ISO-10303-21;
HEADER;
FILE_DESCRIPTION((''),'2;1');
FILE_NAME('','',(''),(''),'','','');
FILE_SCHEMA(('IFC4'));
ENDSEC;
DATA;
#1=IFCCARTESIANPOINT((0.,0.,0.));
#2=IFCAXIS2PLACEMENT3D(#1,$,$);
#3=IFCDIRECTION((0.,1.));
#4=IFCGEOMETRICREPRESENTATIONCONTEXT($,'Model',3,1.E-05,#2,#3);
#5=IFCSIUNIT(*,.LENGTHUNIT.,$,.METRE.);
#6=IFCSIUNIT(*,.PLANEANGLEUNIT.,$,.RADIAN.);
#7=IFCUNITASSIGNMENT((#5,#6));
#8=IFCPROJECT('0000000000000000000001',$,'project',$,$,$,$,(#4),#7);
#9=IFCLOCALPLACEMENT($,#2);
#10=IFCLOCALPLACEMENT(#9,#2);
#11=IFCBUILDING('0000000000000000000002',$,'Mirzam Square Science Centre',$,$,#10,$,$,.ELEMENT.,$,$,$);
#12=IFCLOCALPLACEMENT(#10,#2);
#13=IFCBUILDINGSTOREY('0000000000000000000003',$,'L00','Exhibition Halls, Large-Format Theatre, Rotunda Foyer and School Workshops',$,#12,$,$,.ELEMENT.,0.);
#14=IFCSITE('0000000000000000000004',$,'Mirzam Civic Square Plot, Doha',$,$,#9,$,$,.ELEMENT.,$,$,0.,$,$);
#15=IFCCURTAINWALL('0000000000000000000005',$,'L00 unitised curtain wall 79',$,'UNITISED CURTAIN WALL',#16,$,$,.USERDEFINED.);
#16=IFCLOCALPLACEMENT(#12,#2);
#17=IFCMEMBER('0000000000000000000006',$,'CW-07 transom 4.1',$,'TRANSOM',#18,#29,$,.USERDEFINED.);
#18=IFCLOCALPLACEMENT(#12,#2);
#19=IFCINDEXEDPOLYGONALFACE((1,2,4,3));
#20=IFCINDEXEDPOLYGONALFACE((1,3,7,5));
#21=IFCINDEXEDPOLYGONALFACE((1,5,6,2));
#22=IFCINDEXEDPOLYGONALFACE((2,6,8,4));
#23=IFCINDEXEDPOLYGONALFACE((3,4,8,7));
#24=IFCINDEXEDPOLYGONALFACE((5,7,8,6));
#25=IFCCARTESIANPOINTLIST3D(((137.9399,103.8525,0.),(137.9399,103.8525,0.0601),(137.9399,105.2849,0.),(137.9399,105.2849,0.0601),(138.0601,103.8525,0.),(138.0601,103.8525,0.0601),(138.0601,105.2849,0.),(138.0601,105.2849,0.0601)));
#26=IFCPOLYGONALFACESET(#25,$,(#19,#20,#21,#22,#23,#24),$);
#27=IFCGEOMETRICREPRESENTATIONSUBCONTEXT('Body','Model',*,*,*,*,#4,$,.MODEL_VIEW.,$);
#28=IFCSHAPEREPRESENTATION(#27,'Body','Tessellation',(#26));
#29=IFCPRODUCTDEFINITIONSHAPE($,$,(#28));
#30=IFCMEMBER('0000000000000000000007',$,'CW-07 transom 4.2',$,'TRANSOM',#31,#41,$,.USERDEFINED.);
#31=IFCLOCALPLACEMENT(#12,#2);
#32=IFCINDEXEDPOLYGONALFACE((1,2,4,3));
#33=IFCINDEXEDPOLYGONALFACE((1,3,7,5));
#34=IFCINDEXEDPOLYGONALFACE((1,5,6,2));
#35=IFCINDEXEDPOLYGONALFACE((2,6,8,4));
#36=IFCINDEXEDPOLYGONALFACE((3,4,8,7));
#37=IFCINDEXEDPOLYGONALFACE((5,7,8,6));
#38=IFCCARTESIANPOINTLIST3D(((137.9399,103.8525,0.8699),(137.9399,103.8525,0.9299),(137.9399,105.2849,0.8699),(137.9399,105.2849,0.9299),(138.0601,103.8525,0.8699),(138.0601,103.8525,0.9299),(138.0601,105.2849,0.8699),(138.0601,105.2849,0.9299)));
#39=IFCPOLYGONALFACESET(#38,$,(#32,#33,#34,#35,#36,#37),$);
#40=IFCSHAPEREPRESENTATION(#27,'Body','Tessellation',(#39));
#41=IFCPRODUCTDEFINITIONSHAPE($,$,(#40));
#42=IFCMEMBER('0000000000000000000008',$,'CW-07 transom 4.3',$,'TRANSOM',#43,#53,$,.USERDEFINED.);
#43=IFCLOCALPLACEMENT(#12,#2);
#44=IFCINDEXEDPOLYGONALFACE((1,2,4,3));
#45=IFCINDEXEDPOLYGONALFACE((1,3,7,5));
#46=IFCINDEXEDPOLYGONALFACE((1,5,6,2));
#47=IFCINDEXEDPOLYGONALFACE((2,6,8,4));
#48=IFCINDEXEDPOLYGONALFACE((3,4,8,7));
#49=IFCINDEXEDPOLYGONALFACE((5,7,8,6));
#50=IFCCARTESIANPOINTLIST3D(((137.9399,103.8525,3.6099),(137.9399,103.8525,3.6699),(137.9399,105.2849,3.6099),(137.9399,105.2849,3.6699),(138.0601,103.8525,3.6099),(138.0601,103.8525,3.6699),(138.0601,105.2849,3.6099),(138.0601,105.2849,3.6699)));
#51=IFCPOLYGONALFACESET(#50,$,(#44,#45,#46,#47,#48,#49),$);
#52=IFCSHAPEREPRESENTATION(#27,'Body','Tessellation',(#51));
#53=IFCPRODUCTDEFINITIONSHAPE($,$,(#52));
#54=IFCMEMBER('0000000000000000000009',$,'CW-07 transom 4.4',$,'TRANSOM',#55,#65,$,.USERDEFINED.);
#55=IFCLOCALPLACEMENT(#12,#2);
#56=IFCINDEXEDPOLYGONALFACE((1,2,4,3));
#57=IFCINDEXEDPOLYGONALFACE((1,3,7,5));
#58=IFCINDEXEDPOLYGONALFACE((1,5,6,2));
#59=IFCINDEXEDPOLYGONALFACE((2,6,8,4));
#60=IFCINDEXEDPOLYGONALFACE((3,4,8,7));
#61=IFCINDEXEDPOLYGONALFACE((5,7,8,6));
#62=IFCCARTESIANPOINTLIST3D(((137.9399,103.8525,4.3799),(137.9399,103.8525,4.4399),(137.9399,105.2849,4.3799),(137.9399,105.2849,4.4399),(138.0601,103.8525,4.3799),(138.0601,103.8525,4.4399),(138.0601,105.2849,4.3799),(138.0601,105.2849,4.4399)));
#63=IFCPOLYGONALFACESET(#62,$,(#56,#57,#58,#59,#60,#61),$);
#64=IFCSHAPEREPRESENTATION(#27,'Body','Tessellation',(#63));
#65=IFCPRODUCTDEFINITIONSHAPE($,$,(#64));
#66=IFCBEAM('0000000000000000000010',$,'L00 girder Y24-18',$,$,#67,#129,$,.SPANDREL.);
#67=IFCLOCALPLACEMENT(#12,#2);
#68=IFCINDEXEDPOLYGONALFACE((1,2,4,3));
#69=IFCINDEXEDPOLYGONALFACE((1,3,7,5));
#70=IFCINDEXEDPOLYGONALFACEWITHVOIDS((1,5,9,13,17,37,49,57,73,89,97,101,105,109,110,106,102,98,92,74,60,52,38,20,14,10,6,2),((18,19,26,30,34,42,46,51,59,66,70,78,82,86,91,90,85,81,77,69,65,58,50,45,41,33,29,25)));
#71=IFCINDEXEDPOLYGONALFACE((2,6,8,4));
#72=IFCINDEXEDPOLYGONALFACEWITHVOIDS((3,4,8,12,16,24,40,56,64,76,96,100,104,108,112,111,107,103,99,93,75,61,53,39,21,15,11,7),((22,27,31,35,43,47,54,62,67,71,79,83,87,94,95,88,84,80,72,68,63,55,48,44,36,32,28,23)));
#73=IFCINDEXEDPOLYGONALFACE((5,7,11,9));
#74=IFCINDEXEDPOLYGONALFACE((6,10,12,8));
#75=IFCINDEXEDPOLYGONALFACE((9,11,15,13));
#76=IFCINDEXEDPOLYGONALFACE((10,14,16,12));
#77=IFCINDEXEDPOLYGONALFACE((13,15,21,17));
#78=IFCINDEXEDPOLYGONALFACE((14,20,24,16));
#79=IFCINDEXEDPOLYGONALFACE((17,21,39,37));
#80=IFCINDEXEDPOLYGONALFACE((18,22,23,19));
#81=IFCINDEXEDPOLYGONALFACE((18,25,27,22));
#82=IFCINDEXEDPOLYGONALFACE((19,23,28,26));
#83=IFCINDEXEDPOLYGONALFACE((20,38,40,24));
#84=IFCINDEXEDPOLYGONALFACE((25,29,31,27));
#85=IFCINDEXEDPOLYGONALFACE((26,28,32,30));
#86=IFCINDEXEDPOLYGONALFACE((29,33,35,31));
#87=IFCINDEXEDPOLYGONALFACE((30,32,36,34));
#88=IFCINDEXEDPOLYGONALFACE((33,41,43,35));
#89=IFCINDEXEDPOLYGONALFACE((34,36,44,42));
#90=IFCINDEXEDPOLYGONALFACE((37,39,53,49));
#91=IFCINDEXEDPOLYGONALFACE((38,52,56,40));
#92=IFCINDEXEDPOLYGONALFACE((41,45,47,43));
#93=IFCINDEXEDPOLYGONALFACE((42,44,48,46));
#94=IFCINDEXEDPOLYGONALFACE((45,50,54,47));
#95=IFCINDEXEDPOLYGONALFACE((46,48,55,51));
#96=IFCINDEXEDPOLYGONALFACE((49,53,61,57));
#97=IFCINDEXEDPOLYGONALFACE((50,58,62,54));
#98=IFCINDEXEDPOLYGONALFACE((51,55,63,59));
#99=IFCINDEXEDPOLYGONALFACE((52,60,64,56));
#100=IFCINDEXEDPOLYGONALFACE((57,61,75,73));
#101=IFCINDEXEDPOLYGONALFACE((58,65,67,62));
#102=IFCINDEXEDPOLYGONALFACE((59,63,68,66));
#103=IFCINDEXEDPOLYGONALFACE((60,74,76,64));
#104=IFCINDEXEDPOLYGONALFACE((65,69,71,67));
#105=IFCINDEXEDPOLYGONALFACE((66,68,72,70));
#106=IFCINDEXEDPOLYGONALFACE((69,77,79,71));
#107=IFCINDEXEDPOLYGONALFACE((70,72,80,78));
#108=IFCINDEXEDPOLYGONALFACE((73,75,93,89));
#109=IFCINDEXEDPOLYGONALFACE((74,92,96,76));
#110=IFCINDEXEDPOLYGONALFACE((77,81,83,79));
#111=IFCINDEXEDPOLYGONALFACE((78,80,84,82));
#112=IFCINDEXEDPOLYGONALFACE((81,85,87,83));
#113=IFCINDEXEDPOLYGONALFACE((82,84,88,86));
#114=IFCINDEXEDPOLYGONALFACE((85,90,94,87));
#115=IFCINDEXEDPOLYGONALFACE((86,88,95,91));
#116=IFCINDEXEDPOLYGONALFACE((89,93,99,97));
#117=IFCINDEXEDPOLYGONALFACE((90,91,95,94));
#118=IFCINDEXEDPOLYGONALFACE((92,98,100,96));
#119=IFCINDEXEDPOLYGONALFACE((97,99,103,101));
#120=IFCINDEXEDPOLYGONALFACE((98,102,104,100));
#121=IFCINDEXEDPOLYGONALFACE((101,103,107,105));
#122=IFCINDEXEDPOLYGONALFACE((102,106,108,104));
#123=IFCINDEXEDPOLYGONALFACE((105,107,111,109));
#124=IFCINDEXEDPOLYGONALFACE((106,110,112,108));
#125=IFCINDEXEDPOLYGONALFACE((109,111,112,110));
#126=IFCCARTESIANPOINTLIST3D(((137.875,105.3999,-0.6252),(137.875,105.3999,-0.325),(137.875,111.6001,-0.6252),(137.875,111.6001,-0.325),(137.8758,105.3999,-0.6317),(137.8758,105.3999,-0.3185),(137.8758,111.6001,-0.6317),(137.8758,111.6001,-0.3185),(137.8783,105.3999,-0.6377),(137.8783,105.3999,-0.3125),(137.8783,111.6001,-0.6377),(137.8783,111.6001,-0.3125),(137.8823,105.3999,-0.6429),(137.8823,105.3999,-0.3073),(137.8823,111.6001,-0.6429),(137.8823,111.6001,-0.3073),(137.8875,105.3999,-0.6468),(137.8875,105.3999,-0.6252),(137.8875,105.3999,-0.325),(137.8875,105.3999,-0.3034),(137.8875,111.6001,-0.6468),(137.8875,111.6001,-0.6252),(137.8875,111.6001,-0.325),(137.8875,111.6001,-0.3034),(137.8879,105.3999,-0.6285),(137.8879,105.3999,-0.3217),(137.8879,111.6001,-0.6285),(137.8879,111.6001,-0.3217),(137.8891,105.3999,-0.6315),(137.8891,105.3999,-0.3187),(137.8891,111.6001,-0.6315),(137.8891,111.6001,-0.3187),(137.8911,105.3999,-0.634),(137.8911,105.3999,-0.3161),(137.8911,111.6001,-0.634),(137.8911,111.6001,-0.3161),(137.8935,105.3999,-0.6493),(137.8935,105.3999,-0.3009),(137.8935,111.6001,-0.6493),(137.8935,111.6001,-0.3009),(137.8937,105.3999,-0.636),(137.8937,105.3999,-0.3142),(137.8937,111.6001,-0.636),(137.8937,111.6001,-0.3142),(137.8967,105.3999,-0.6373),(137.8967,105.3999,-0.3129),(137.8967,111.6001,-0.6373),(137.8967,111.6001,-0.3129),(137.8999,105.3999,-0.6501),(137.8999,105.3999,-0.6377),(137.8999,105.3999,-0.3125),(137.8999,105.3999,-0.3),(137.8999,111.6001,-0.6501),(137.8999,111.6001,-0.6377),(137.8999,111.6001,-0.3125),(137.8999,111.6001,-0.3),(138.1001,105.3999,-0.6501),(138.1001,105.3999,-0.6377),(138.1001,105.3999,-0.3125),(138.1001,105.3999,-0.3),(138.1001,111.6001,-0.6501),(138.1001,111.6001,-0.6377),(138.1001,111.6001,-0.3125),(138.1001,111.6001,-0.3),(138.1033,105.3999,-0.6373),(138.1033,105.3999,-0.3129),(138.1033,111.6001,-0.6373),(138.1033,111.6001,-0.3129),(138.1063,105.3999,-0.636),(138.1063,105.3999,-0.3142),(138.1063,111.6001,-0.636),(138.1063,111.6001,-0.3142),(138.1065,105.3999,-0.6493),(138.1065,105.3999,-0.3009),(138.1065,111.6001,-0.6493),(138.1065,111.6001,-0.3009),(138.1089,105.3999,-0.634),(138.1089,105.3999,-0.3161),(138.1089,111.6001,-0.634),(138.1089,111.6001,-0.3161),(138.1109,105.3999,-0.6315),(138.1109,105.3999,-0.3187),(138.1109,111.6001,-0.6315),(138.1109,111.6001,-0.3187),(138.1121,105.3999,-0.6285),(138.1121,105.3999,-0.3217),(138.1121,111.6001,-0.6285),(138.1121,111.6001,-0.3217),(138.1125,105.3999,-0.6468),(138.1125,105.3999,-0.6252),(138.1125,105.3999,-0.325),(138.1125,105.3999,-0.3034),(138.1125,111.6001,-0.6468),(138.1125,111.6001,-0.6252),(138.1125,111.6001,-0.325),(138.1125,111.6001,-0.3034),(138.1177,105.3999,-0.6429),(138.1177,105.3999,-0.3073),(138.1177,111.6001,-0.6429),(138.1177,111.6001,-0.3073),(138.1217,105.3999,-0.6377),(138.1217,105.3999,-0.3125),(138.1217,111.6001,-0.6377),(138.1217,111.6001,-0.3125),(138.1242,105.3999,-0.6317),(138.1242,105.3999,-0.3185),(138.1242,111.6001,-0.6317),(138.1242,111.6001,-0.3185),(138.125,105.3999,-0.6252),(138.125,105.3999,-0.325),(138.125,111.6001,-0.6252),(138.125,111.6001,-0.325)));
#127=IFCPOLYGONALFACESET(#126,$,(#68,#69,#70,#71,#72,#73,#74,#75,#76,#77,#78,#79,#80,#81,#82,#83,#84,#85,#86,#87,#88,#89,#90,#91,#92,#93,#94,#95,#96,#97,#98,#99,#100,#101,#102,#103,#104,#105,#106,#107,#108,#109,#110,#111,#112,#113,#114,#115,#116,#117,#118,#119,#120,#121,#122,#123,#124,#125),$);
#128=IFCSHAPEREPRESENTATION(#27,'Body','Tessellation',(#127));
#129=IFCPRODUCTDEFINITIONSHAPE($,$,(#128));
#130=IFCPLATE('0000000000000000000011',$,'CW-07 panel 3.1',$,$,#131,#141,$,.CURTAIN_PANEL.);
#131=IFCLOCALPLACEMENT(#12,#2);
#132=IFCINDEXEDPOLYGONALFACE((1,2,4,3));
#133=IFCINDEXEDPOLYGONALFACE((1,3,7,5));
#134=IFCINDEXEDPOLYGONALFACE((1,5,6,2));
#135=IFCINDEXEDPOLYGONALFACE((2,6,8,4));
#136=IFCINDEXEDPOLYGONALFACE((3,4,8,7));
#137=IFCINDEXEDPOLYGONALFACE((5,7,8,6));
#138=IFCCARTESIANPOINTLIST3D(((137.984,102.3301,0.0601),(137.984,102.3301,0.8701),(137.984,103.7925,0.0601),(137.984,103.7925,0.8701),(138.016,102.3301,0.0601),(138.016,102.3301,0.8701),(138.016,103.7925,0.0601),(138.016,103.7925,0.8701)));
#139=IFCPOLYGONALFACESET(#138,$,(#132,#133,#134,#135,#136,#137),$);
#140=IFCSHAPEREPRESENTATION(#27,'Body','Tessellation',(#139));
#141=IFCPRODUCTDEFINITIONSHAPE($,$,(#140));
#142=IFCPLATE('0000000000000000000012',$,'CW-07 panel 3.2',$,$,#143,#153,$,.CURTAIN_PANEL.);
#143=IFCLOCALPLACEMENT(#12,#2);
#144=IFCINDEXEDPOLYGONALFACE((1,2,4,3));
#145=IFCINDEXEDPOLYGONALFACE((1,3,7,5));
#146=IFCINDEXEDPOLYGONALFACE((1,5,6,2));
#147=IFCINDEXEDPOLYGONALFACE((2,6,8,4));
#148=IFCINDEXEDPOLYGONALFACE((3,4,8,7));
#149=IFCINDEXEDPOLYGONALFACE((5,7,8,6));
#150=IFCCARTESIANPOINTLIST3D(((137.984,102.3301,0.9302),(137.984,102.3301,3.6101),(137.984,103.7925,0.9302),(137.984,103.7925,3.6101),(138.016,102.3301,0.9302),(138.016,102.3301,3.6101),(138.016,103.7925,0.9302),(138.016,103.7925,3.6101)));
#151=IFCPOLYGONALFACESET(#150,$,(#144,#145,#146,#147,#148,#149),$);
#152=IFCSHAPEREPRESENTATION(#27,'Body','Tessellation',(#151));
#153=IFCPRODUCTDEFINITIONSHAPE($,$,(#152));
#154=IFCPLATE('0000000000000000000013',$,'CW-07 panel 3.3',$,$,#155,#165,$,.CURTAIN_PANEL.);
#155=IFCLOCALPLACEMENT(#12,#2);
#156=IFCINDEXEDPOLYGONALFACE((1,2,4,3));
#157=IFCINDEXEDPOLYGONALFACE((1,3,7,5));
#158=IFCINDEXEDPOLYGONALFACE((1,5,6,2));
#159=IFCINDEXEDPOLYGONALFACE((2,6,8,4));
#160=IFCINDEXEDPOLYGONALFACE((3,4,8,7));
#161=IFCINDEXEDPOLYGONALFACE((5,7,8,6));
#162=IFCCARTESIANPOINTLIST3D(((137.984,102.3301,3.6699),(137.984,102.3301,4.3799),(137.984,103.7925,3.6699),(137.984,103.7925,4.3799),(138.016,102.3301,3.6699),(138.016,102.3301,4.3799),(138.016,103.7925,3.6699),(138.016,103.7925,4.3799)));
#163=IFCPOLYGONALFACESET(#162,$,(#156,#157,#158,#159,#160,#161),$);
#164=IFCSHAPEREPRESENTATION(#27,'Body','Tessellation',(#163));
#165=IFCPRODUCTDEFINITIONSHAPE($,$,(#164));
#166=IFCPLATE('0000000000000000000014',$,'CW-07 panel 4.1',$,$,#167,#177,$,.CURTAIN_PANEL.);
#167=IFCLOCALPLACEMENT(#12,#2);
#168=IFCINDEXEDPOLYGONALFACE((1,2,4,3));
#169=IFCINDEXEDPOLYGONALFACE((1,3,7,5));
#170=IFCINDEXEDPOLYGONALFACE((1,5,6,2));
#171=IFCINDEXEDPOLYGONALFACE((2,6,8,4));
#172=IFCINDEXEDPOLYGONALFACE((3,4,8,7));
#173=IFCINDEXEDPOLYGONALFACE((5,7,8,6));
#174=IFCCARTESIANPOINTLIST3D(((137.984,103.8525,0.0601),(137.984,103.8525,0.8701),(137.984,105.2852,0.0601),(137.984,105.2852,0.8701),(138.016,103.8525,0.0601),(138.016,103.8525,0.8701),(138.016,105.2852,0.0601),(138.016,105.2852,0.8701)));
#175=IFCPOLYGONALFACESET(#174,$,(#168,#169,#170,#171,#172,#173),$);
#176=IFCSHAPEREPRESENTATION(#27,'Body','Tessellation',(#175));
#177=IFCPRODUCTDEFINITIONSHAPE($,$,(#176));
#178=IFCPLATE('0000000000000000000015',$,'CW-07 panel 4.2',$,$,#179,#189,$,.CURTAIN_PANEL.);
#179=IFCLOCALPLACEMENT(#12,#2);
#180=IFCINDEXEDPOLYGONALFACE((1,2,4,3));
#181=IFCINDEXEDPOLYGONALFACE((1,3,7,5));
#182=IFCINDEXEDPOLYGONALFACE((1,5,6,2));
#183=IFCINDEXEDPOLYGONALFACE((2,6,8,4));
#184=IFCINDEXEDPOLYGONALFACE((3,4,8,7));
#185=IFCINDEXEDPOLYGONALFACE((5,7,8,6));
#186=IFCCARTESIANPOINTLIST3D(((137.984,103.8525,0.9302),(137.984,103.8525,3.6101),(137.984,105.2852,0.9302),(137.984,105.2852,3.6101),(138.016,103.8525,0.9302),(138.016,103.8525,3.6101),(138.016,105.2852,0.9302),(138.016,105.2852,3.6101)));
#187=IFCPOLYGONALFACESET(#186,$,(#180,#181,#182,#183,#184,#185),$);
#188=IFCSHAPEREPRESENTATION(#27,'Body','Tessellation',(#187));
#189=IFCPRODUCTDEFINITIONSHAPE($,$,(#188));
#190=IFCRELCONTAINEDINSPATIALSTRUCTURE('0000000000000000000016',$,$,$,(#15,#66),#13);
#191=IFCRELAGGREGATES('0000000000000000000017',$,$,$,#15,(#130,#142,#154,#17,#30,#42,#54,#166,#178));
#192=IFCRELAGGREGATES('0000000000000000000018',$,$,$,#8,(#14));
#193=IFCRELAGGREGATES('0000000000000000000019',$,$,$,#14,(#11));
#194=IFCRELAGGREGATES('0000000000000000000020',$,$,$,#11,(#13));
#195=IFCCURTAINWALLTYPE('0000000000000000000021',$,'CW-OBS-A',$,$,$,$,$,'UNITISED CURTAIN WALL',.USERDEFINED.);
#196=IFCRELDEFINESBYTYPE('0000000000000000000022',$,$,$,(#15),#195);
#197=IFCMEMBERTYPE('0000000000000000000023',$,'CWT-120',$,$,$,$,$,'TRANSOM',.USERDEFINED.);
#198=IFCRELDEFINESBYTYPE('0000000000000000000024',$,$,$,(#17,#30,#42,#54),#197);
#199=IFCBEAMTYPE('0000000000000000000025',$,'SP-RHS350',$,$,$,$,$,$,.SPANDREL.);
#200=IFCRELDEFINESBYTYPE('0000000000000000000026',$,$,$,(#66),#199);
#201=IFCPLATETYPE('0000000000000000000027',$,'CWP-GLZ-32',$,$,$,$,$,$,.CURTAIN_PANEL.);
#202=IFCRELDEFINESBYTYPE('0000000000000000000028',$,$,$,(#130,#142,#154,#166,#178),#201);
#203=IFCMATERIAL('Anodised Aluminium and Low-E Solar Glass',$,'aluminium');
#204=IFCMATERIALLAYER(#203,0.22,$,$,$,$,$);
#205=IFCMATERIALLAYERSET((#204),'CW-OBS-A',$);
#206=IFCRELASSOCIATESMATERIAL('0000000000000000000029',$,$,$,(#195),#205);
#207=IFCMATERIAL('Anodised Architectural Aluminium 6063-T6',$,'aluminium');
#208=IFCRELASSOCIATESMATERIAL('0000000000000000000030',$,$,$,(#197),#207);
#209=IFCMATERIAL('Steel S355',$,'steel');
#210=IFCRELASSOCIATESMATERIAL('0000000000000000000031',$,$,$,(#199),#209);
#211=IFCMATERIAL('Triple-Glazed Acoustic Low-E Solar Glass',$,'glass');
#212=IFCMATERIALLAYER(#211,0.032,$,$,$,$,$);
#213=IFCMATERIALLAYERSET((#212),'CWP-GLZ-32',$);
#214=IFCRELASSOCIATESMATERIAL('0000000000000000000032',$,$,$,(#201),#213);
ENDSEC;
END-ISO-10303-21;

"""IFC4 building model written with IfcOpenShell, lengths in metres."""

from ifc_helpers import new_model, si_unit, direction, frame, origin, origin_2d, place, context, subcontext, project, spatial, rectangle, hollow_rectangle, extrude, material, layer, layer_set, material_profile, profile_set, type_object, element, aggregate, save


model = new_model("IFC4")

# Units and contexts
model_context = context("Model", 3, precision=1e-05, world=origin(), true_north=direction((0.0, 1.0)))
body_context = subcontext(model_context, "Body", "Model", "MODEL_VIEW")
ifc_project = project(units=[si_unit("LENGTHUNIT", "METRE"), si_unit("PLANEANGLEUNIT", "RADIAN")], contexts=[model_context])

# Site, building, storey
site_placement = place(None, origin())
site = spatial("IfcSite", under=ifc_project, at=site_placement, Name="Mirzam Civic Square Plot, Doha", CompositionType="ELEMENT", RefElevation=0.0)
building_placement = place(site_placement, origin())
building = spatial("IfcBuilding", under=site, at=building_placement, Name="Mirzam Square Science Centre", CompositionType="ELEMENT")
storey_placement = place(building_placement, origin())
storey = spatial("IfcBuildingStorey", under=building, at=storey_placement, Name="L00", Description="Exhibition Halls, Large-Format Theatre, Rotunda Foyer and School Workshops", CompositionType="ELEMENT", Elevation=0.0)

# Shared definitions
ifc_material_1 = material(Name="Steel S355", Category="steel")

# Curtain wall, members
ifc_material_2 = material(Name="Anodised Aluminium and Low-E Solar Glass", Category="aluminium")
ifc_layer_1 = layer(ifc_material_2, 0.22)
ifc_layer_set_1 = layer_set([ifc_layer_1], Name="CW-OBS-A")
curtain_wall_type = type_object("IfcCurtainWallType", Name="CW-OBS-A", ElementType="UNITISED CURTAIN WALL", PredefinedType="USERDEFINED", material=ifc_layer_set_1)
curtain_wall_placement = place(storey_placement, origin())
curtain_wall = element("IfcCurtainWall", 1, at=curtain_wall_placement, inside=storey, type_object=curtain_wall_type, Name="L00 unitised curtain wall 79", ObjectType="UNITISED CURTAIN WALL", PredefinedType="USERDEFINED")
ifc_material_3 = material(Name="Anodised Architectural Aluminium 6063-T6", Category="aluminium")
ifc_material_profile_1 = material_profile(ifc_material_3, rectangle(XDim=0.1201, YDim=0.0601, at=origin_2d()), Name="ALU-TRAN-120x60x4")
ifc_profile_set_1 = profile_set([ifc_material_profile_1], Name="Anodised Architectural Aluminium 6063-T6")
member_type_1 = type_object("IfcMemberType", Name="CWT-120", ElementType="TRANSOM", PredefinedType="USERDEFINED", material=ifc_profile_set_1)
member_1_placement = place(storey_placement, frame((138.0, 103.8525, 0.03), z_axis=(0.0, 1.0, 0.0), x_axis=(-1.0, 0.0, 0.0)))
member_1 = element("IfcMember", 2, at=member_1_placement, type_object=member_type_1, Name="CW-07 transom 4.1", ObjectType="TRANSOM", PredefinedType="USERDEFINED", context=body_context, shape_type="SweptSolid", body=[
    extrude(rectangle(XDim=0.1201, YDim=0.0601, at=origin_2d()), origin(), (0.0, 0.0, 1.0), 1.4324),
])
member_2_placement = place(storey_placement, frame((138.0, 103.8525, 0.8999), z_axis=(0.0, 1.0, 0.0), x_axis=(-1.0, 0.0, 0.0)))
member_2 = element("IfcMember", 3, at=member_2_placement, type_object=member_type_1, Name="CW-07 transom 4.2", ObjectType="TRANSOM", PredefinedType="USERDEFINED", context=body_context, shape_type="SweptSolid", body=[
    extrude(rectangle(XDim=0.1201, YDim=0.0601, at=origin_2d()), origin(), (0.0, 0.0, 1.0), 1.4324),
])
member_3_placement = place(storey_placement, frame((138.0, 103.8525, 3.6399), z_axis=(0.0, 1.0, 0.0), x_axis=(-1.0, 0.0, 0.0)))
member_3 = element("IfcMember", 4, at=member_3_placement, type_object=member_type_1, Name="CW-07 transom 4.3", ObjectType="TRANSOM", PredefinedType="USERDEFINED", context=body_context, shape_type="SweptSolid", body=[
    extrude(rectangle(XDim=0.1201, YDim=0.0601, at=origin_2d()), origin(), (0.0, 0.0, 1.0), 1.4324),
])
member_4_placement = place(storey_placement, frame((138.0, 103.8525, 4.4099), z_axis=(0.0, 1.0, 0.0), x_axis=(-1.0, 0.0, 0.0)))
member_4 = element("IfcMember", 5, at=member_4_placement, type_object=member_type_1, Name="CW-07 transom 4.4", ObjectType="TRANSOM", PredefinedType="USERDEFINED", context=body_context, shape_type="SweptSolid", body=[
    extrude(rectangle(XDim=0.1201, YDim=0.0601, at=origin_2d()), origin(), (0.0, 0.0, 1.0), 1.4324),
])

# Beam
ifc_material_profile_2 = material_profile(ifc_material_1, hollow_rectangle(XDim=0.25, YDim=0.3501, WallThickness=0.0125, InnerFilletRadius=0.0125, OuterFilletRadius=0.0249, at=origin_2d()), Name="350x250x12.5RHS")
ifc_profile_set_2 = profile_set([ifc_material_profile_2], Name="Steel S355")
beam_type = type_object("IfcBeamType", Name="SP-RHS350", PredefinedType="SPANDREL", material=ifc_profile_set_2)
beam_placement = place(storey_placement, frame((138.0, 105.3999, -0.4751), z_axis=(0.0, 1.0, 0.0), x_axis=(-1.0, 0.0, 0.0)))
element("IfcBeam", 6, at=beam_placement, inside=storey, type_object=beam_type, Name="L00 girder Y24-18", PredefinedType="SPANDREL", context=body_context, shape_type="SweptSolid", body=[
    extrude(hollow_rectangle(XDim=0.25, YDim=0.3501, WallThickness=0.0125, InnerFilletRadius=0.0125, OuterFilletRadius=0.0249, at=origin_2d()), origin(), (0.0, 0.0, 1.0), 6.2002),
])

# Plates
ifc_material_4 = material(Name="Triple-Glazed Acoustic Low-E Solar Glass", Category="glass")
ifc_layer_2 = layer(ifc_material_4, 0.032)
ifc_layer_set_2 = layer_set([ifc_layer_2], Name="CWP-GLZ-32")
plate_type = type_object("IfcPlateType", Name="CWP-GLZ-32", PredefinedType="CURTAIN_PANEL", material=ifc_layer_set_2)
plate_1_placement = place(storey_placement, frame((138.0, 103.0613, 0.0601), z_axis=(0.0, 0.0, 1.0), x_axis=(0.0, 1.0, 0.0)))
plate_1 = element("IfcPlate", 7, at=plate_1_placement, type_object=plate_type, Name="CW-07 panel 3.1", PredefinedType="CURTAIN_PANEL", context=body_context, shape_type="SweptSolid", body=[
    extrude(rectangle(XDim=1.4624, YDim=0.032, at=origin_2d()), origin(), (0.0, 0.0, 1.0), 0.8101),
])
plate_2_placement = place(storey_placement, frame((138.0, 103.0613, 0.9302), z_axis=(0.0, 0.0, 1.0), x_axis=(0.0, 1.0, 0.0)))
plate_2 = element("IfcPlate", 8, at=plate_2_placement, type_object=plate_type, Name="CW-07 panel 3.2", PredefinedType="CURTAIN_PANEL", context=body_context, shape_type="SweptSolid", body=[
    extrude(rectangle(XDim=1.4624, YDim=0.032, at=origin_2d()), origin(), (0.0, 0.0, 1.0), 2.6799),
])
plate_3_placement = place(storey_placement, frame((138.0, 103.0613, 3.6699), z_axis=(0.0, 0.0, 1.0), x_axis=(0.0, 1.0, 0.0)))
plate_3 = element("IfcPlate", 9, at=plate_3_placement, type_object=plate_type, Name="CW-07 panel 3.3", PredefinedType="CURTAIN_PANEL", context=body_context, shape_type="SweptSolid", body=[
    extrude(rectangle(XDim=1.4624, YDim=0.032, at=origin_2d()), origin(), (0.0, 0.0, 1.0), 0.71),
])
plate_4_placement = place(storey_placement, frame((138.0, 104.5688, 0.0601), z_axis=(0.0, 0.0, 1.0), x_axis=(0.0, 1.0, 0.0)))
plate_4 = element("IfcPlate", 10, at=plate_4_placement, type_object=plate_type, Name="CW-07 panel 4.1", PredefinedType="CURTAIN_PANEL", context=body_context, shape_type="SweptSolid", body=[
    extrude(rectangle(XDim=1.4326, YDim=0.032, at=origin_2d()), origin(), (0.0, 0.0, 1.0), 0.8101),
])
plate_5_placement = place(storey_placement, frame((138.0, 104.5688, 0.9302), z_axis=(0.0, 0.0, 1.0), x_axis=(0.0, 1.0, 0.0)))
plate_5 = element("IfcPlate", 11, at=plate_5_placement, type_object=plate_type, Name="CW-07 panel 4.2", PredefinedType="CURTAIN_PANEL", context=body_context, shape_type="SweptSolid", body=[
    extrude(rectangle(XDim=1.4326, YDim=0.032, at=origin_2d()), origin(), (0.0, 0.0, 1.0), 2.6799),
])
aggregate(curtain_wall, [plate_1, plate_2, plate_3, member_1, member_2, member_3, member_4, plate_4, plate_5])

save(model, "model.ifc")
